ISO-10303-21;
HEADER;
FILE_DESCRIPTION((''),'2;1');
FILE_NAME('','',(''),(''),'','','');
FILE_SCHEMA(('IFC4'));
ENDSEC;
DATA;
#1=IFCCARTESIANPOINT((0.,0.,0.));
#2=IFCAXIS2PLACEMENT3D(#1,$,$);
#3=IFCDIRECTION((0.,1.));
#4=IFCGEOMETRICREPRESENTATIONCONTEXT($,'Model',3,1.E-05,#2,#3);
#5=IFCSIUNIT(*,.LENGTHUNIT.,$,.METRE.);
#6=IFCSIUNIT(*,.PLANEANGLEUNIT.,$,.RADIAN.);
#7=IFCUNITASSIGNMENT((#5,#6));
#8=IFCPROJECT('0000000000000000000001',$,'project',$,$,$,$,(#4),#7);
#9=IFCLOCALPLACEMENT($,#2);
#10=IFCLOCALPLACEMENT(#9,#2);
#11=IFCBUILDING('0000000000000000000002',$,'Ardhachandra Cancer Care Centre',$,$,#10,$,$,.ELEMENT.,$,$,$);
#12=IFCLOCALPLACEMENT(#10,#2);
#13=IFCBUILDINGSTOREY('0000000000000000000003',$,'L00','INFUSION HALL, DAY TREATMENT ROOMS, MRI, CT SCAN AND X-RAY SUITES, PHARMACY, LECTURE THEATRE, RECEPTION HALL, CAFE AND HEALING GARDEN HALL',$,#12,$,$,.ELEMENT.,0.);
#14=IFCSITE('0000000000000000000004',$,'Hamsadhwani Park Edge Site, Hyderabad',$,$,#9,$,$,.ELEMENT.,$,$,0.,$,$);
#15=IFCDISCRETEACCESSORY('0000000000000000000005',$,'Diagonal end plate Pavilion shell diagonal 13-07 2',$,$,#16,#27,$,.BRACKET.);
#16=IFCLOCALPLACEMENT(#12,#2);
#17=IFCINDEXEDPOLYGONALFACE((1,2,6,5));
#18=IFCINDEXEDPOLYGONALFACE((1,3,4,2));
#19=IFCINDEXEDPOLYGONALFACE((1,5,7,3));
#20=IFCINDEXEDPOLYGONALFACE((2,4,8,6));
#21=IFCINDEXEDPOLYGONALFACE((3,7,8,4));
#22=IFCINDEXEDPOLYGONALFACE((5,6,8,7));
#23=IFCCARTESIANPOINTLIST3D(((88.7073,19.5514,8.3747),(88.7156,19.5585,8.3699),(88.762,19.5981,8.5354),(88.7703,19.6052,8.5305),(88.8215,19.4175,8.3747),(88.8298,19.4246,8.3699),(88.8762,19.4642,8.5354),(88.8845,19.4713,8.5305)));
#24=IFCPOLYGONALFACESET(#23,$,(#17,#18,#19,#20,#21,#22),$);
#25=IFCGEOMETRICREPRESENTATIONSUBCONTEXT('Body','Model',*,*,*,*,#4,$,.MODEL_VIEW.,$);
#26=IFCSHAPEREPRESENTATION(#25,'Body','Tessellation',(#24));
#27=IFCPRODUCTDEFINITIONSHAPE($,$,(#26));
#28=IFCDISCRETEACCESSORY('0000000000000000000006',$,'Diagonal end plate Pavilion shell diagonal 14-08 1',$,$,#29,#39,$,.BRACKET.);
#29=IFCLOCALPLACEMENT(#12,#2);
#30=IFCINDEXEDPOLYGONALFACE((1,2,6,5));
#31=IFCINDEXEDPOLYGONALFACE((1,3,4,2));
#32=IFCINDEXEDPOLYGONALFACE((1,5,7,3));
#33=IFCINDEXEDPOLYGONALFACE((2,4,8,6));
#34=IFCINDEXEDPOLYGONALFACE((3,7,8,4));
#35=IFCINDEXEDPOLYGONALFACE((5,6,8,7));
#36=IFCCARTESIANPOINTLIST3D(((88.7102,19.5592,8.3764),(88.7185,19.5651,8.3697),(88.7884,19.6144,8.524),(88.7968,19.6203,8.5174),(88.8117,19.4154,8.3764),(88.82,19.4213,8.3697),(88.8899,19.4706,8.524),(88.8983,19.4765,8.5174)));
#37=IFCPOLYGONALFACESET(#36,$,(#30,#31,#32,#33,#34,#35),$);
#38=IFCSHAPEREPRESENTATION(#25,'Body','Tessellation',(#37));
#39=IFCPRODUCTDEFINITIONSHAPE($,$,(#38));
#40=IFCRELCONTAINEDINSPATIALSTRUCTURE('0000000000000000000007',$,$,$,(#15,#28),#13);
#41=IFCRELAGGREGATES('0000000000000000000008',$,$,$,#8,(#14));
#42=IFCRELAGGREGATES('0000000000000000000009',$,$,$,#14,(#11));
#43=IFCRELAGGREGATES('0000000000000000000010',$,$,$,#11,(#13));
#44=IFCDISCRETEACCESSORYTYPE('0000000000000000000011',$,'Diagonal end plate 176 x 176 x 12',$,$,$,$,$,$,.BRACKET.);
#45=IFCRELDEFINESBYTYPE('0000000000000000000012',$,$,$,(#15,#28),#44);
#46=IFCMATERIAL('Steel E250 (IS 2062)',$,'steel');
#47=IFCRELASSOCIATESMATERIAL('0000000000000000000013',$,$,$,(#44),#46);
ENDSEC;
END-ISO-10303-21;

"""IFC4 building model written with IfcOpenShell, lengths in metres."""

from ifc_helpers import new_model, si_unit, direction, frame, origin, origin_2d, place, context, subcontext, project, spatial, rectangle, extrude, material, material_profile, profile_set, type_object, element, save


model = new_model("IFC4")

# Units and contexts
model_context = context("Model", 3, precision=1e-05, world=origin(), true_north=direction((0.0, 1.0)))
body_context = subcontext(model_context, "Body", "Model", "MODEL_VIEW")
ifc_project = project(units=[si_unit("LENGTHUNIT", "METRE"), si_unit("PLANEANGLEUNIT", "RADIAN")], contexts=[model_context])

# Site, building, storey
site_placement = place(None, origin())
site = spatial("IfcSite", under=ifc_project, at=site_placement, Name="Hamsadhwani Park Edge Site, Hyderabad", CompositionType="ELEMENT", RefElevation=0.0)
building_placement = place(site_placement, origin())
building = spatial("IfcBuilding", under=site, at=building_placement, Name="Ardhachandra Cancer Care Centre", CompositionType="ELEMENT")
storey_placement = place(building_placement, origin())
storey = spatial("IfcBuildingStorey", under=building, at=storey_placement, Name="L00", Description="INFUSION HALL, DAY TREATMENT ROOMS, MRI, CT SCAN AND X-RAY SUITES, PHARMACY, LECTURE THEATRE, RECEPTION HALL, CAFE AND HEALING GARDEN HALL", CompositionType="ELEMENT", Elevation=0.0)

# Discrete accessories
ifc_material_1 = material(Name="Steel E250 (IS 2062)", Category="steel")
ifc_material_profile_1 = material_profile(ifc_material_1, rectangle(XDim=0.176, YDim=0.176, at=origin_2d()), Name="PL 176x176x12")
ifc_profile_set_1 = profile_set([ifc_material_profile_1], Name="Steel E250 (IS 2062)")
discrete_accessory_type = type_object("IfcDiscreteAccessoryType", Name="Diagonal end plate 176 x 176 x 12", PredefinedType="BRACKET", material=ifc_profile_set_1)
for number, where, z_axis, x_axis, name in (
    (1, (88.8, 19.5149, 8.4502), (-0.694456, -0.59233, 0.408504), (0.648947, -0.760834, 0.0), "Diagonal end plate Pavilion shell diagonal 13-07 2"),
):
    element("IfcDiscreteAccessory", number, at=place(storey_placement, frame(where, z_axis=z_axis, x_axis=x_axis)), inside=storey, type_object=discrete_accessory_type, Name=name, PredefinedType="BRACKET", context=body_context, shape_type="SweptSolid", body=[
        extrude(rectangle(XDim=0.176, YDim=0.176, at=origin_2d()), origin(), (0.0, 0.0, 1.0), 0.012),
    ])
discrete_accessory_1_placement = place(storey_placement, frame((88.8, 19.5149, 8.4502), z_axis=(0.685367, 0.483788, -0.544262), x_axis=(-0.576683, 0.816968, 0.0)))
element("IfcDiscreteAccessory", 2, at=discrete_accessory_1_placement, inside=storey, type_object=discrete_accessory_type, Name="Diagonal end plate Pavilion shell diagonal 14-08 1", PredefinedType="BRACKET", context=body_context, shape_type="SweptSolid", body=[
    extrude(rectangle(XDim=0.176, YDim=0.176, at=origin_2d()), origin(), (0.0, 0.0, 1.0), 0.0122),
])

save(model, "model.ifc")
